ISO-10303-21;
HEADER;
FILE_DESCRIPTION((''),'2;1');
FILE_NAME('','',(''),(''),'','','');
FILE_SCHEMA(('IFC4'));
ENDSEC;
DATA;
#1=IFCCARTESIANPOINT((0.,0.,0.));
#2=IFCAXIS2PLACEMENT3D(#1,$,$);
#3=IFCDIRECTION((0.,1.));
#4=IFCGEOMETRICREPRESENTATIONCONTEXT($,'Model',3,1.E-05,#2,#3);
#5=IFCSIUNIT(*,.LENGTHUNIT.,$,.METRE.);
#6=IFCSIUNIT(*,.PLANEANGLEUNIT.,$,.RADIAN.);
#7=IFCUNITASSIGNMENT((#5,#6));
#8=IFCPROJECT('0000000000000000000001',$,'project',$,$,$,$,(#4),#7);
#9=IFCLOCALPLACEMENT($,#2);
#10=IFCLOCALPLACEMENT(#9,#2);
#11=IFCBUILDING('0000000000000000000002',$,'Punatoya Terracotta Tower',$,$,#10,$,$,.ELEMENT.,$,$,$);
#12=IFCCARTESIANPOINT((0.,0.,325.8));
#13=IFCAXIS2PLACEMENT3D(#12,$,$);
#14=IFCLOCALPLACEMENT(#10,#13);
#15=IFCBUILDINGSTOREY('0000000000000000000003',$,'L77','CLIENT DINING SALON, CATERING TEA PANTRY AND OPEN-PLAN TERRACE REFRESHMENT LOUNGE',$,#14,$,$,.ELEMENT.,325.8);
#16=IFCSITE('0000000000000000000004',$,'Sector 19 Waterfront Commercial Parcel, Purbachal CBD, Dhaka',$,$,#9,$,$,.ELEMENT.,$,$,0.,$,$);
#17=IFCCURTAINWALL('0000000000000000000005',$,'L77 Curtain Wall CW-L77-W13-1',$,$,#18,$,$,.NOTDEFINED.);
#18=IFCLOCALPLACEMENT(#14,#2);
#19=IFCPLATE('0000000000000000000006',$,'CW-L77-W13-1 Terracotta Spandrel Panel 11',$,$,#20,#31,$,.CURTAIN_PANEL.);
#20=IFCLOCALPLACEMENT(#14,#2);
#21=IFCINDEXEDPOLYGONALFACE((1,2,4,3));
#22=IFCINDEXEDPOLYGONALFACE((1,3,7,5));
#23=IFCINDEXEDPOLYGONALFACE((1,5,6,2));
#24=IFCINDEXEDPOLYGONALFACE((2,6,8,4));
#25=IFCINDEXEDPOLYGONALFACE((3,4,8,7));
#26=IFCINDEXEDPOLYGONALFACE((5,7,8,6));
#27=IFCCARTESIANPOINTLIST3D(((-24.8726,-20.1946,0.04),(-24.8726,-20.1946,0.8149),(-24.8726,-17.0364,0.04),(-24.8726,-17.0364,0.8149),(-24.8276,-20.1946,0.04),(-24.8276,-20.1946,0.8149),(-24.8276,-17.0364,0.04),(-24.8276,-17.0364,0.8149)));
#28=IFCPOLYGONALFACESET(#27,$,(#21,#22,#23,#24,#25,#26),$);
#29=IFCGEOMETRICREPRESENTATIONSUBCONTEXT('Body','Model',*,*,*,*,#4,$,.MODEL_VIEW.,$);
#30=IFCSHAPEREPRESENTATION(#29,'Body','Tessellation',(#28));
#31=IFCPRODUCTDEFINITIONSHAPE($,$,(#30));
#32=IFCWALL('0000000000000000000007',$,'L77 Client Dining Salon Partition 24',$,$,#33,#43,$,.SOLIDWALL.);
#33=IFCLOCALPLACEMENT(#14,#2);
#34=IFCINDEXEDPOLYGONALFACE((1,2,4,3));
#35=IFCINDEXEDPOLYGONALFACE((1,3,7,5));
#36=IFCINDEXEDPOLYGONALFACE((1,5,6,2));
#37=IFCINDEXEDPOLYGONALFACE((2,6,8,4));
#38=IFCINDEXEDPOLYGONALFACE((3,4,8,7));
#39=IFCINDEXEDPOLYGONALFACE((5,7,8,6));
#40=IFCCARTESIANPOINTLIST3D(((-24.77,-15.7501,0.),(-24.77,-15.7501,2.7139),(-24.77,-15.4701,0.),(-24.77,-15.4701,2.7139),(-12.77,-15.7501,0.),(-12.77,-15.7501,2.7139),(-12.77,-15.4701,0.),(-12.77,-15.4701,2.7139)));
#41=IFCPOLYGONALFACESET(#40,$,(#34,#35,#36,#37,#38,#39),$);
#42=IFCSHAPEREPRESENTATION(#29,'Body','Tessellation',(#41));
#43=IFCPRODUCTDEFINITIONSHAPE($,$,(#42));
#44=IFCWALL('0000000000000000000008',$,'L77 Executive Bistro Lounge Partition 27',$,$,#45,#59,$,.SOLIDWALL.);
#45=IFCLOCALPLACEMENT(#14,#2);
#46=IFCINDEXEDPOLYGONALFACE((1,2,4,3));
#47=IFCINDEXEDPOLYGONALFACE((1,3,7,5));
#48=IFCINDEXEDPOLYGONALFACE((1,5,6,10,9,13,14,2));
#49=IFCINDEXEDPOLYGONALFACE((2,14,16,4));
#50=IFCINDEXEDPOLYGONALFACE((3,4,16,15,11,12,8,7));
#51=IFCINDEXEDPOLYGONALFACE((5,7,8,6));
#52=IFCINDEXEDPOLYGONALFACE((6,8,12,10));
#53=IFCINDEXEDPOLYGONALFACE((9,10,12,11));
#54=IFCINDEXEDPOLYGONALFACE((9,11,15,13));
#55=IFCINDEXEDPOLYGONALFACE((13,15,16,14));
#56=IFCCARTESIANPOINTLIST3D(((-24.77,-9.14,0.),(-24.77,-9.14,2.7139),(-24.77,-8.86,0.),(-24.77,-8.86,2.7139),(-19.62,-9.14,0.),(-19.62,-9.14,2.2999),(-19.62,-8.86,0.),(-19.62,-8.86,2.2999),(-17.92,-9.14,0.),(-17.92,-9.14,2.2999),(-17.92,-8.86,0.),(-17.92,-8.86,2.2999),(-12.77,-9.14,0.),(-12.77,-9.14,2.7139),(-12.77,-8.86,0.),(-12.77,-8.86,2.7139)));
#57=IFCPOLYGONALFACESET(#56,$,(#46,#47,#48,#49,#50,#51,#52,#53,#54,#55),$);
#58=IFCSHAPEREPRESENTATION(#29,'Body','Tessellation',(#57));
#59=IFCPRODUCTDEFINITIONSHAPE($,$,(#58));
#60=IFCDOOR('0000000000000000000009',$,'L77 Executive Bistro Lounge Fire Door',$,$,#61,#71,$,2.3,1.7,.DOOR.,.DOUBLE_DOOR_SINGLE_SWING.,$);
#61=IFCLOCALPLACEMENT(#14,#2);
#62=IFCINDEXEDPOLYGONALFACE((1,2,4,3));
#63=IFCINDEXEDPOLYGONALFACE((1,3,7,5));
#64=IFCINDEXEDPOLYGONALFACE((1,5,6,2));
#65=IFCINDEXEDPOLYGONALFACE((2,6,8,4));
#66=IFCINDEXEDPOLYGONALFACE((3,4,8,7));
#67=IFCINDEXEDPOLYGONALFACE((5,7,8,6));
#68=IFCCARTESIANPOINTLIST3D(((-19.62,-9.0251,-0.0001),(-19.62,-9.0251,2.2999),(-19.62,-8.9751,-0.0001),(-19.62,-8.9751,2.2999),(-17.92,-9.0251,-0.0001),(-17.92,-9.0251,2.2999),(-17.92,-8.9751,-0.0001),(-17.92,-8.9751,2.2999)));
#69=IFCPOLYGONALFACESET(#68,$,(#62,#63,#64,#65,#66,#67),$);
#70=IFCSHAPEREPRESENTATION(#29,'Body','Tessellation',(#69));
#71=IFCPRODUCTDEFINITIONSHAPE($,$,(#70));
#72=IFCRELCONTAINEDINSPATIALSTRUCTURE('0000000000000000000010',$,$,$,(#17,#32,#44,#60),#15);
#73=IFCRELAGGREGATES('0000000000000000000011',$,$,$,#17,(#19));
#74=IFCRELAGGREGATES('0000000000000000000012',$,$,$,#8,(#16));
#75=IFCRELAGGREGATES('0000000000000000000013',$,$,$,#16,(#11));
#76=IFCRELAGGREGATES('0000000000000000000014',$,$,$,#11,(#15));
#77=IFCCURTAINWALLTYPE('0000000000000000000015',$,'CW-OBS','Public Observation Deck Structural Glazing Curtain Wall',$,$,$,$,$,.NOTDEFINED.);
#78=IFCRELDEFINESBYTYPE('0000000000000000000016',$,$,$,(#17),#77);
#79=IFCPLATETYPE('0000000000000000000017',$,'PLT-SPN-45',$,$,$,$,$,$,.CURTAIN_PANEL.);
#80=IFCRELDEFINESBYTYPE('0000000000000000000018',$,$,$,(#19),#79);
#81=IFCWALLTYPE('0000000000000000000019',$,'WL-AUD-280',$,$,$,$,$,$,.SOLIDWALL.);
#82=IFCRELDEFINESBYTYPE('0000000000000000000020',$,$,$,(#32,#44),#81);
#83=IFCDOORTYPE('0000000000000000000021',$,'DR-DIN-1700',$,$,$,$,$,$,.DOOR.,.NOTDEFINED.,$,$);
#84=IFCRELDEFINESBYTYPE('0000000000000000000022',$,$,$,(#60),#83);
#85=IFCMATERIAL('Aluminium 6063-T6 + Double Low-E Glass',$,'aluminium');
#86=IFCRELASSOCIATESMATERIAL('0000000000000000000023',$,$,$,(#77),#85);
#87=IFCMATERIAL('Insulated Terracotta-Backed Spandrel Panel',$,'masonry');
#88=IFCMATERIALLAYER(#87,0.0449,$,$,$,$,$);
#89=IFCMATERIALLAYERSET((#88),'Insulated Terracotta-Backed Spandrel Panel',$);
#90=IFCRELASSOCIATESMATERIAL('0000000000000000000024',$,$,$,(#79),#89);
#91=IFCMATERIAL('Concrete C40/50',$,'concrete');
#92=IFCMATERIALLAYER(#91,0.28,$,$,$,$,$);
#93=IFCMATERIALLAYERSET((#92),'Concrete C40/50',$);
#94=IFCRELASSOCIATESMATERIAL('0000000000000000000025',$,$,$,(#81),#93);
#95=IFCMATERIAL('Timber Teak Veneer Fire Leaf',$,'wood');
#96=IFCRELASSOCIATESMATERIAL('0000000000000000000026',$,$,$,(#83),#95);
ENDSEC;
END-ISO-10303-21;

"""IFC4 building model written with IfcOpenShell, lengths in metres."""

from ifc_helpers import new_model, si_unit, direction, frame, frame_2d, origin, origin_2d, place, context, subcontext, project, spatial, rectangle, extrude, material, layer, layer_set, type_object, element, fill, aggregate, save


model = new_model("IFC4")

# Units and contexts
model_context = context("Model", 3, precision=1e-05, world=origin(), true_north=direction((0.0, 1.0)))
body_context = subcontext(model_context, "Body", "Model", "MODEL_VIEW")
ifc_project = project(units=[si_unit("LENGTHUNIT", "METRE"), si_unit("PLANEANGLEUNIT", "RADIAN")], contexts=[model_context])

# Site, building, storey
site_placement = place(None, origin())
site = spatial("IfcSite", under=ifc_project, at=site_placement, Name="Sector 19 Waterfront Commercial Parcel, Purbachal CBD, Dhaka", CompositionType="ELEMENT", RefElevation=0.0)
building_placement = place(site_placement, origin())
building = spatial("IfcBuilding", under=site, at=building_placement, Name="Punatoya Terracotta Tower", CompositionType="ELEMENT")
storey_placement = place(building_placement, frame((0.0, 0.0, 325.8)))
storey = spatial("IfcBuildingStorey", under=building, at=storey_placement, Name="L77", Description="CLIENT DINING SALON, CATERING TEA PANTRY AND OPEN-PLAN TERRACE REFRESHMENT LOUNGE", CompositionType="ELEMENT", Elevation=325.8)

# Curtain wall
ifc_material_1 = material(Name="Aluminium 6063-T6 + Double Low-E Glass", Category="aluminium")
curtain_wall_type = type_object("IfcCurtainWallType", Name="CW-OBS", Description="Public Observation Deck Structural Glazing Curtain Wall", PredefinedType="NOTDEFINED", material=ifc_material_1)
curtain_wall_1_placement = place(storey_placement, origin())
curtain_wall_1 = element("IfcCurtainWall", 1, at=curtain_wall_1_placement, inside=storey, type_object=curtain_wall_type, Name="L77 Curtain Wall CW-L77-W13-1", PredefinedType="NOTDEFINED")

# Plate
ifc_material_2 = material(Name="Insulated Terracotta-Backed Spandrel Panel", Category="masonry")
ifc_layer_1 = layer(ifc_material_2, 0.0449)
ifc_layer_set_1 = layer_set([ifc_layer_1], Name="Insulated Terracotta-Backed Spandrel Panel")
plate_type_1 = type_object("IfcPlateType", Name="PLT-SPN-45", PredefinedType="CURTAIN_PANEL", material=ifc_layer_set_1)
plate_1_placement = place(storey_placement, frame((-24.8501, -18.6155, 0.04), z_axis=(0.0, 0.0, 1.0), x_axis=(0.0, -1.0, 0.0)))
plate_1 = element("IfcPlate", 2, at=plate_1_placement, type_object=plate_type_1, Name="CW-L77-W13-1 Terracotta Spandrel Panel 11", PredefinedType="CURTAIN_PANEL", context=body_context, shape_type="SweptSolid", body=[
    extrude(rectangle(XDim=3.1582, YDim=0.0449, at=origin_2d()), origin(), (0.0, 0.0, 1.0), 0.7749),
])
aggregate(curtain_wall_1, [plate_1])

# Wall
ifc_material_3 = material(Name="Concrete C40/50", Category="concrete")
ifc_layer_2 = layer(ifc_material_3, 0.28)
ifc_layer_set_2 = layer_set([ifc_layer_2], Name="Concrete C40/50")
wall_type = type_object("IfcWallType", Name="WL-AUD-280", PredefinedType="SOLIDWALL", material=ifc_layer_set_2)
wall_1_placement = place(storey_placement, frame((-24.77, -15.6101, 0.0), z_axis=(0.0, 0.0, 1.0), x_axis=(1.0, 0.0, 0.0)))
element("IfcWall", 3, at=wall_1_placement, inside=storey, type_object=wall_type, Name="L77 Client Dining Salon Partition 24", PredefinedType="SOLIDWALL", context=body_context, shape_type="SweptSolid", body=[
    extrude(rectangle(XDim=12.0, YDim=0.28, at=frame_2d((6.0, 0.0))), origin(), (0.0, 0.0, 1.0), 2.7139),
])

# Wall, opening, door
wall_2_placement = place(storey_placement, frame((-24.77, -9.0, 0.0), z_axis=(0.0, 0.0, 1.0), x_axis=(1.0, 0.0, 0.0)))
wall_2 = element("IfcWall", 4, at=wall_2_placement, inside=storey, type_object=wall_type, Name="L77 Executive Bistro Lounge Partition 27", PredefinedType="SOLIDWALL", context=body_context, shape_type="SweptSolid", body=[
    extrude(rectangle(XDim=12.0, YDim=0.28, at=frame_2d((6.0, 0.0))), origin(), (0.0, 0.0, 1.0), 2.7139),
])
opening_placement = place(wall_2_placement, frame((5.1499, 0.0, 0.0)))
opening = element("IfcOpeningElement", 5, at=opening_placement, cuts=wall_2, PredefinedType="OPENING", context=body_context, shape_type="SweptSolid", body=[
    extrude(rectangle(XDim=1.7, YDim=2.3, at=frame_2d((0.8501, 1.1499))), frame((0.0, 0.1499, 0.0), z_axis=(0.0, -1.0, 0.0), x_axis=(1.0, 0.0, 0.0)), (0.0, 0.0, 1.0), 0.3),
])
ifc_material_4 = material(Name="Timber Teak Veneer Fire Leaf", Category="wood")
door_type = type_object("IfcDoorType", Name="DR-DIN-1700", OperationType="NOTDEFINED", PredefinedType="DOOR", material=ifc_material_4)
door_placement = place(opening_placement, origin())
door = element("IfcDoor", 6, at=door_placement, inside=storey, type_object=door_type, Name="L77 Executive Bistro Lounge Fire Door", OperationType="DOUBLE_DOOR_SINGLE_SWING", OverallHeight=2.3, OverallWidth=1.7, PredefinedType="DOOR", context=body_context, shape_type="SweptSolid", body=[
    extrude(rectangle(XDim=1.7, YDim=2.3, at=frame_2d((0.8501, 1.1499))), frame((0.0, 0.0249, 0.0), z_axis=(0.0, -1.0, 0.0), x_axis=(1.0, 0.0, 0.0)), (0.0, 0.0, 1.0), 0.05),
])
fill(opening, door)

save(model, "model.ifc")
